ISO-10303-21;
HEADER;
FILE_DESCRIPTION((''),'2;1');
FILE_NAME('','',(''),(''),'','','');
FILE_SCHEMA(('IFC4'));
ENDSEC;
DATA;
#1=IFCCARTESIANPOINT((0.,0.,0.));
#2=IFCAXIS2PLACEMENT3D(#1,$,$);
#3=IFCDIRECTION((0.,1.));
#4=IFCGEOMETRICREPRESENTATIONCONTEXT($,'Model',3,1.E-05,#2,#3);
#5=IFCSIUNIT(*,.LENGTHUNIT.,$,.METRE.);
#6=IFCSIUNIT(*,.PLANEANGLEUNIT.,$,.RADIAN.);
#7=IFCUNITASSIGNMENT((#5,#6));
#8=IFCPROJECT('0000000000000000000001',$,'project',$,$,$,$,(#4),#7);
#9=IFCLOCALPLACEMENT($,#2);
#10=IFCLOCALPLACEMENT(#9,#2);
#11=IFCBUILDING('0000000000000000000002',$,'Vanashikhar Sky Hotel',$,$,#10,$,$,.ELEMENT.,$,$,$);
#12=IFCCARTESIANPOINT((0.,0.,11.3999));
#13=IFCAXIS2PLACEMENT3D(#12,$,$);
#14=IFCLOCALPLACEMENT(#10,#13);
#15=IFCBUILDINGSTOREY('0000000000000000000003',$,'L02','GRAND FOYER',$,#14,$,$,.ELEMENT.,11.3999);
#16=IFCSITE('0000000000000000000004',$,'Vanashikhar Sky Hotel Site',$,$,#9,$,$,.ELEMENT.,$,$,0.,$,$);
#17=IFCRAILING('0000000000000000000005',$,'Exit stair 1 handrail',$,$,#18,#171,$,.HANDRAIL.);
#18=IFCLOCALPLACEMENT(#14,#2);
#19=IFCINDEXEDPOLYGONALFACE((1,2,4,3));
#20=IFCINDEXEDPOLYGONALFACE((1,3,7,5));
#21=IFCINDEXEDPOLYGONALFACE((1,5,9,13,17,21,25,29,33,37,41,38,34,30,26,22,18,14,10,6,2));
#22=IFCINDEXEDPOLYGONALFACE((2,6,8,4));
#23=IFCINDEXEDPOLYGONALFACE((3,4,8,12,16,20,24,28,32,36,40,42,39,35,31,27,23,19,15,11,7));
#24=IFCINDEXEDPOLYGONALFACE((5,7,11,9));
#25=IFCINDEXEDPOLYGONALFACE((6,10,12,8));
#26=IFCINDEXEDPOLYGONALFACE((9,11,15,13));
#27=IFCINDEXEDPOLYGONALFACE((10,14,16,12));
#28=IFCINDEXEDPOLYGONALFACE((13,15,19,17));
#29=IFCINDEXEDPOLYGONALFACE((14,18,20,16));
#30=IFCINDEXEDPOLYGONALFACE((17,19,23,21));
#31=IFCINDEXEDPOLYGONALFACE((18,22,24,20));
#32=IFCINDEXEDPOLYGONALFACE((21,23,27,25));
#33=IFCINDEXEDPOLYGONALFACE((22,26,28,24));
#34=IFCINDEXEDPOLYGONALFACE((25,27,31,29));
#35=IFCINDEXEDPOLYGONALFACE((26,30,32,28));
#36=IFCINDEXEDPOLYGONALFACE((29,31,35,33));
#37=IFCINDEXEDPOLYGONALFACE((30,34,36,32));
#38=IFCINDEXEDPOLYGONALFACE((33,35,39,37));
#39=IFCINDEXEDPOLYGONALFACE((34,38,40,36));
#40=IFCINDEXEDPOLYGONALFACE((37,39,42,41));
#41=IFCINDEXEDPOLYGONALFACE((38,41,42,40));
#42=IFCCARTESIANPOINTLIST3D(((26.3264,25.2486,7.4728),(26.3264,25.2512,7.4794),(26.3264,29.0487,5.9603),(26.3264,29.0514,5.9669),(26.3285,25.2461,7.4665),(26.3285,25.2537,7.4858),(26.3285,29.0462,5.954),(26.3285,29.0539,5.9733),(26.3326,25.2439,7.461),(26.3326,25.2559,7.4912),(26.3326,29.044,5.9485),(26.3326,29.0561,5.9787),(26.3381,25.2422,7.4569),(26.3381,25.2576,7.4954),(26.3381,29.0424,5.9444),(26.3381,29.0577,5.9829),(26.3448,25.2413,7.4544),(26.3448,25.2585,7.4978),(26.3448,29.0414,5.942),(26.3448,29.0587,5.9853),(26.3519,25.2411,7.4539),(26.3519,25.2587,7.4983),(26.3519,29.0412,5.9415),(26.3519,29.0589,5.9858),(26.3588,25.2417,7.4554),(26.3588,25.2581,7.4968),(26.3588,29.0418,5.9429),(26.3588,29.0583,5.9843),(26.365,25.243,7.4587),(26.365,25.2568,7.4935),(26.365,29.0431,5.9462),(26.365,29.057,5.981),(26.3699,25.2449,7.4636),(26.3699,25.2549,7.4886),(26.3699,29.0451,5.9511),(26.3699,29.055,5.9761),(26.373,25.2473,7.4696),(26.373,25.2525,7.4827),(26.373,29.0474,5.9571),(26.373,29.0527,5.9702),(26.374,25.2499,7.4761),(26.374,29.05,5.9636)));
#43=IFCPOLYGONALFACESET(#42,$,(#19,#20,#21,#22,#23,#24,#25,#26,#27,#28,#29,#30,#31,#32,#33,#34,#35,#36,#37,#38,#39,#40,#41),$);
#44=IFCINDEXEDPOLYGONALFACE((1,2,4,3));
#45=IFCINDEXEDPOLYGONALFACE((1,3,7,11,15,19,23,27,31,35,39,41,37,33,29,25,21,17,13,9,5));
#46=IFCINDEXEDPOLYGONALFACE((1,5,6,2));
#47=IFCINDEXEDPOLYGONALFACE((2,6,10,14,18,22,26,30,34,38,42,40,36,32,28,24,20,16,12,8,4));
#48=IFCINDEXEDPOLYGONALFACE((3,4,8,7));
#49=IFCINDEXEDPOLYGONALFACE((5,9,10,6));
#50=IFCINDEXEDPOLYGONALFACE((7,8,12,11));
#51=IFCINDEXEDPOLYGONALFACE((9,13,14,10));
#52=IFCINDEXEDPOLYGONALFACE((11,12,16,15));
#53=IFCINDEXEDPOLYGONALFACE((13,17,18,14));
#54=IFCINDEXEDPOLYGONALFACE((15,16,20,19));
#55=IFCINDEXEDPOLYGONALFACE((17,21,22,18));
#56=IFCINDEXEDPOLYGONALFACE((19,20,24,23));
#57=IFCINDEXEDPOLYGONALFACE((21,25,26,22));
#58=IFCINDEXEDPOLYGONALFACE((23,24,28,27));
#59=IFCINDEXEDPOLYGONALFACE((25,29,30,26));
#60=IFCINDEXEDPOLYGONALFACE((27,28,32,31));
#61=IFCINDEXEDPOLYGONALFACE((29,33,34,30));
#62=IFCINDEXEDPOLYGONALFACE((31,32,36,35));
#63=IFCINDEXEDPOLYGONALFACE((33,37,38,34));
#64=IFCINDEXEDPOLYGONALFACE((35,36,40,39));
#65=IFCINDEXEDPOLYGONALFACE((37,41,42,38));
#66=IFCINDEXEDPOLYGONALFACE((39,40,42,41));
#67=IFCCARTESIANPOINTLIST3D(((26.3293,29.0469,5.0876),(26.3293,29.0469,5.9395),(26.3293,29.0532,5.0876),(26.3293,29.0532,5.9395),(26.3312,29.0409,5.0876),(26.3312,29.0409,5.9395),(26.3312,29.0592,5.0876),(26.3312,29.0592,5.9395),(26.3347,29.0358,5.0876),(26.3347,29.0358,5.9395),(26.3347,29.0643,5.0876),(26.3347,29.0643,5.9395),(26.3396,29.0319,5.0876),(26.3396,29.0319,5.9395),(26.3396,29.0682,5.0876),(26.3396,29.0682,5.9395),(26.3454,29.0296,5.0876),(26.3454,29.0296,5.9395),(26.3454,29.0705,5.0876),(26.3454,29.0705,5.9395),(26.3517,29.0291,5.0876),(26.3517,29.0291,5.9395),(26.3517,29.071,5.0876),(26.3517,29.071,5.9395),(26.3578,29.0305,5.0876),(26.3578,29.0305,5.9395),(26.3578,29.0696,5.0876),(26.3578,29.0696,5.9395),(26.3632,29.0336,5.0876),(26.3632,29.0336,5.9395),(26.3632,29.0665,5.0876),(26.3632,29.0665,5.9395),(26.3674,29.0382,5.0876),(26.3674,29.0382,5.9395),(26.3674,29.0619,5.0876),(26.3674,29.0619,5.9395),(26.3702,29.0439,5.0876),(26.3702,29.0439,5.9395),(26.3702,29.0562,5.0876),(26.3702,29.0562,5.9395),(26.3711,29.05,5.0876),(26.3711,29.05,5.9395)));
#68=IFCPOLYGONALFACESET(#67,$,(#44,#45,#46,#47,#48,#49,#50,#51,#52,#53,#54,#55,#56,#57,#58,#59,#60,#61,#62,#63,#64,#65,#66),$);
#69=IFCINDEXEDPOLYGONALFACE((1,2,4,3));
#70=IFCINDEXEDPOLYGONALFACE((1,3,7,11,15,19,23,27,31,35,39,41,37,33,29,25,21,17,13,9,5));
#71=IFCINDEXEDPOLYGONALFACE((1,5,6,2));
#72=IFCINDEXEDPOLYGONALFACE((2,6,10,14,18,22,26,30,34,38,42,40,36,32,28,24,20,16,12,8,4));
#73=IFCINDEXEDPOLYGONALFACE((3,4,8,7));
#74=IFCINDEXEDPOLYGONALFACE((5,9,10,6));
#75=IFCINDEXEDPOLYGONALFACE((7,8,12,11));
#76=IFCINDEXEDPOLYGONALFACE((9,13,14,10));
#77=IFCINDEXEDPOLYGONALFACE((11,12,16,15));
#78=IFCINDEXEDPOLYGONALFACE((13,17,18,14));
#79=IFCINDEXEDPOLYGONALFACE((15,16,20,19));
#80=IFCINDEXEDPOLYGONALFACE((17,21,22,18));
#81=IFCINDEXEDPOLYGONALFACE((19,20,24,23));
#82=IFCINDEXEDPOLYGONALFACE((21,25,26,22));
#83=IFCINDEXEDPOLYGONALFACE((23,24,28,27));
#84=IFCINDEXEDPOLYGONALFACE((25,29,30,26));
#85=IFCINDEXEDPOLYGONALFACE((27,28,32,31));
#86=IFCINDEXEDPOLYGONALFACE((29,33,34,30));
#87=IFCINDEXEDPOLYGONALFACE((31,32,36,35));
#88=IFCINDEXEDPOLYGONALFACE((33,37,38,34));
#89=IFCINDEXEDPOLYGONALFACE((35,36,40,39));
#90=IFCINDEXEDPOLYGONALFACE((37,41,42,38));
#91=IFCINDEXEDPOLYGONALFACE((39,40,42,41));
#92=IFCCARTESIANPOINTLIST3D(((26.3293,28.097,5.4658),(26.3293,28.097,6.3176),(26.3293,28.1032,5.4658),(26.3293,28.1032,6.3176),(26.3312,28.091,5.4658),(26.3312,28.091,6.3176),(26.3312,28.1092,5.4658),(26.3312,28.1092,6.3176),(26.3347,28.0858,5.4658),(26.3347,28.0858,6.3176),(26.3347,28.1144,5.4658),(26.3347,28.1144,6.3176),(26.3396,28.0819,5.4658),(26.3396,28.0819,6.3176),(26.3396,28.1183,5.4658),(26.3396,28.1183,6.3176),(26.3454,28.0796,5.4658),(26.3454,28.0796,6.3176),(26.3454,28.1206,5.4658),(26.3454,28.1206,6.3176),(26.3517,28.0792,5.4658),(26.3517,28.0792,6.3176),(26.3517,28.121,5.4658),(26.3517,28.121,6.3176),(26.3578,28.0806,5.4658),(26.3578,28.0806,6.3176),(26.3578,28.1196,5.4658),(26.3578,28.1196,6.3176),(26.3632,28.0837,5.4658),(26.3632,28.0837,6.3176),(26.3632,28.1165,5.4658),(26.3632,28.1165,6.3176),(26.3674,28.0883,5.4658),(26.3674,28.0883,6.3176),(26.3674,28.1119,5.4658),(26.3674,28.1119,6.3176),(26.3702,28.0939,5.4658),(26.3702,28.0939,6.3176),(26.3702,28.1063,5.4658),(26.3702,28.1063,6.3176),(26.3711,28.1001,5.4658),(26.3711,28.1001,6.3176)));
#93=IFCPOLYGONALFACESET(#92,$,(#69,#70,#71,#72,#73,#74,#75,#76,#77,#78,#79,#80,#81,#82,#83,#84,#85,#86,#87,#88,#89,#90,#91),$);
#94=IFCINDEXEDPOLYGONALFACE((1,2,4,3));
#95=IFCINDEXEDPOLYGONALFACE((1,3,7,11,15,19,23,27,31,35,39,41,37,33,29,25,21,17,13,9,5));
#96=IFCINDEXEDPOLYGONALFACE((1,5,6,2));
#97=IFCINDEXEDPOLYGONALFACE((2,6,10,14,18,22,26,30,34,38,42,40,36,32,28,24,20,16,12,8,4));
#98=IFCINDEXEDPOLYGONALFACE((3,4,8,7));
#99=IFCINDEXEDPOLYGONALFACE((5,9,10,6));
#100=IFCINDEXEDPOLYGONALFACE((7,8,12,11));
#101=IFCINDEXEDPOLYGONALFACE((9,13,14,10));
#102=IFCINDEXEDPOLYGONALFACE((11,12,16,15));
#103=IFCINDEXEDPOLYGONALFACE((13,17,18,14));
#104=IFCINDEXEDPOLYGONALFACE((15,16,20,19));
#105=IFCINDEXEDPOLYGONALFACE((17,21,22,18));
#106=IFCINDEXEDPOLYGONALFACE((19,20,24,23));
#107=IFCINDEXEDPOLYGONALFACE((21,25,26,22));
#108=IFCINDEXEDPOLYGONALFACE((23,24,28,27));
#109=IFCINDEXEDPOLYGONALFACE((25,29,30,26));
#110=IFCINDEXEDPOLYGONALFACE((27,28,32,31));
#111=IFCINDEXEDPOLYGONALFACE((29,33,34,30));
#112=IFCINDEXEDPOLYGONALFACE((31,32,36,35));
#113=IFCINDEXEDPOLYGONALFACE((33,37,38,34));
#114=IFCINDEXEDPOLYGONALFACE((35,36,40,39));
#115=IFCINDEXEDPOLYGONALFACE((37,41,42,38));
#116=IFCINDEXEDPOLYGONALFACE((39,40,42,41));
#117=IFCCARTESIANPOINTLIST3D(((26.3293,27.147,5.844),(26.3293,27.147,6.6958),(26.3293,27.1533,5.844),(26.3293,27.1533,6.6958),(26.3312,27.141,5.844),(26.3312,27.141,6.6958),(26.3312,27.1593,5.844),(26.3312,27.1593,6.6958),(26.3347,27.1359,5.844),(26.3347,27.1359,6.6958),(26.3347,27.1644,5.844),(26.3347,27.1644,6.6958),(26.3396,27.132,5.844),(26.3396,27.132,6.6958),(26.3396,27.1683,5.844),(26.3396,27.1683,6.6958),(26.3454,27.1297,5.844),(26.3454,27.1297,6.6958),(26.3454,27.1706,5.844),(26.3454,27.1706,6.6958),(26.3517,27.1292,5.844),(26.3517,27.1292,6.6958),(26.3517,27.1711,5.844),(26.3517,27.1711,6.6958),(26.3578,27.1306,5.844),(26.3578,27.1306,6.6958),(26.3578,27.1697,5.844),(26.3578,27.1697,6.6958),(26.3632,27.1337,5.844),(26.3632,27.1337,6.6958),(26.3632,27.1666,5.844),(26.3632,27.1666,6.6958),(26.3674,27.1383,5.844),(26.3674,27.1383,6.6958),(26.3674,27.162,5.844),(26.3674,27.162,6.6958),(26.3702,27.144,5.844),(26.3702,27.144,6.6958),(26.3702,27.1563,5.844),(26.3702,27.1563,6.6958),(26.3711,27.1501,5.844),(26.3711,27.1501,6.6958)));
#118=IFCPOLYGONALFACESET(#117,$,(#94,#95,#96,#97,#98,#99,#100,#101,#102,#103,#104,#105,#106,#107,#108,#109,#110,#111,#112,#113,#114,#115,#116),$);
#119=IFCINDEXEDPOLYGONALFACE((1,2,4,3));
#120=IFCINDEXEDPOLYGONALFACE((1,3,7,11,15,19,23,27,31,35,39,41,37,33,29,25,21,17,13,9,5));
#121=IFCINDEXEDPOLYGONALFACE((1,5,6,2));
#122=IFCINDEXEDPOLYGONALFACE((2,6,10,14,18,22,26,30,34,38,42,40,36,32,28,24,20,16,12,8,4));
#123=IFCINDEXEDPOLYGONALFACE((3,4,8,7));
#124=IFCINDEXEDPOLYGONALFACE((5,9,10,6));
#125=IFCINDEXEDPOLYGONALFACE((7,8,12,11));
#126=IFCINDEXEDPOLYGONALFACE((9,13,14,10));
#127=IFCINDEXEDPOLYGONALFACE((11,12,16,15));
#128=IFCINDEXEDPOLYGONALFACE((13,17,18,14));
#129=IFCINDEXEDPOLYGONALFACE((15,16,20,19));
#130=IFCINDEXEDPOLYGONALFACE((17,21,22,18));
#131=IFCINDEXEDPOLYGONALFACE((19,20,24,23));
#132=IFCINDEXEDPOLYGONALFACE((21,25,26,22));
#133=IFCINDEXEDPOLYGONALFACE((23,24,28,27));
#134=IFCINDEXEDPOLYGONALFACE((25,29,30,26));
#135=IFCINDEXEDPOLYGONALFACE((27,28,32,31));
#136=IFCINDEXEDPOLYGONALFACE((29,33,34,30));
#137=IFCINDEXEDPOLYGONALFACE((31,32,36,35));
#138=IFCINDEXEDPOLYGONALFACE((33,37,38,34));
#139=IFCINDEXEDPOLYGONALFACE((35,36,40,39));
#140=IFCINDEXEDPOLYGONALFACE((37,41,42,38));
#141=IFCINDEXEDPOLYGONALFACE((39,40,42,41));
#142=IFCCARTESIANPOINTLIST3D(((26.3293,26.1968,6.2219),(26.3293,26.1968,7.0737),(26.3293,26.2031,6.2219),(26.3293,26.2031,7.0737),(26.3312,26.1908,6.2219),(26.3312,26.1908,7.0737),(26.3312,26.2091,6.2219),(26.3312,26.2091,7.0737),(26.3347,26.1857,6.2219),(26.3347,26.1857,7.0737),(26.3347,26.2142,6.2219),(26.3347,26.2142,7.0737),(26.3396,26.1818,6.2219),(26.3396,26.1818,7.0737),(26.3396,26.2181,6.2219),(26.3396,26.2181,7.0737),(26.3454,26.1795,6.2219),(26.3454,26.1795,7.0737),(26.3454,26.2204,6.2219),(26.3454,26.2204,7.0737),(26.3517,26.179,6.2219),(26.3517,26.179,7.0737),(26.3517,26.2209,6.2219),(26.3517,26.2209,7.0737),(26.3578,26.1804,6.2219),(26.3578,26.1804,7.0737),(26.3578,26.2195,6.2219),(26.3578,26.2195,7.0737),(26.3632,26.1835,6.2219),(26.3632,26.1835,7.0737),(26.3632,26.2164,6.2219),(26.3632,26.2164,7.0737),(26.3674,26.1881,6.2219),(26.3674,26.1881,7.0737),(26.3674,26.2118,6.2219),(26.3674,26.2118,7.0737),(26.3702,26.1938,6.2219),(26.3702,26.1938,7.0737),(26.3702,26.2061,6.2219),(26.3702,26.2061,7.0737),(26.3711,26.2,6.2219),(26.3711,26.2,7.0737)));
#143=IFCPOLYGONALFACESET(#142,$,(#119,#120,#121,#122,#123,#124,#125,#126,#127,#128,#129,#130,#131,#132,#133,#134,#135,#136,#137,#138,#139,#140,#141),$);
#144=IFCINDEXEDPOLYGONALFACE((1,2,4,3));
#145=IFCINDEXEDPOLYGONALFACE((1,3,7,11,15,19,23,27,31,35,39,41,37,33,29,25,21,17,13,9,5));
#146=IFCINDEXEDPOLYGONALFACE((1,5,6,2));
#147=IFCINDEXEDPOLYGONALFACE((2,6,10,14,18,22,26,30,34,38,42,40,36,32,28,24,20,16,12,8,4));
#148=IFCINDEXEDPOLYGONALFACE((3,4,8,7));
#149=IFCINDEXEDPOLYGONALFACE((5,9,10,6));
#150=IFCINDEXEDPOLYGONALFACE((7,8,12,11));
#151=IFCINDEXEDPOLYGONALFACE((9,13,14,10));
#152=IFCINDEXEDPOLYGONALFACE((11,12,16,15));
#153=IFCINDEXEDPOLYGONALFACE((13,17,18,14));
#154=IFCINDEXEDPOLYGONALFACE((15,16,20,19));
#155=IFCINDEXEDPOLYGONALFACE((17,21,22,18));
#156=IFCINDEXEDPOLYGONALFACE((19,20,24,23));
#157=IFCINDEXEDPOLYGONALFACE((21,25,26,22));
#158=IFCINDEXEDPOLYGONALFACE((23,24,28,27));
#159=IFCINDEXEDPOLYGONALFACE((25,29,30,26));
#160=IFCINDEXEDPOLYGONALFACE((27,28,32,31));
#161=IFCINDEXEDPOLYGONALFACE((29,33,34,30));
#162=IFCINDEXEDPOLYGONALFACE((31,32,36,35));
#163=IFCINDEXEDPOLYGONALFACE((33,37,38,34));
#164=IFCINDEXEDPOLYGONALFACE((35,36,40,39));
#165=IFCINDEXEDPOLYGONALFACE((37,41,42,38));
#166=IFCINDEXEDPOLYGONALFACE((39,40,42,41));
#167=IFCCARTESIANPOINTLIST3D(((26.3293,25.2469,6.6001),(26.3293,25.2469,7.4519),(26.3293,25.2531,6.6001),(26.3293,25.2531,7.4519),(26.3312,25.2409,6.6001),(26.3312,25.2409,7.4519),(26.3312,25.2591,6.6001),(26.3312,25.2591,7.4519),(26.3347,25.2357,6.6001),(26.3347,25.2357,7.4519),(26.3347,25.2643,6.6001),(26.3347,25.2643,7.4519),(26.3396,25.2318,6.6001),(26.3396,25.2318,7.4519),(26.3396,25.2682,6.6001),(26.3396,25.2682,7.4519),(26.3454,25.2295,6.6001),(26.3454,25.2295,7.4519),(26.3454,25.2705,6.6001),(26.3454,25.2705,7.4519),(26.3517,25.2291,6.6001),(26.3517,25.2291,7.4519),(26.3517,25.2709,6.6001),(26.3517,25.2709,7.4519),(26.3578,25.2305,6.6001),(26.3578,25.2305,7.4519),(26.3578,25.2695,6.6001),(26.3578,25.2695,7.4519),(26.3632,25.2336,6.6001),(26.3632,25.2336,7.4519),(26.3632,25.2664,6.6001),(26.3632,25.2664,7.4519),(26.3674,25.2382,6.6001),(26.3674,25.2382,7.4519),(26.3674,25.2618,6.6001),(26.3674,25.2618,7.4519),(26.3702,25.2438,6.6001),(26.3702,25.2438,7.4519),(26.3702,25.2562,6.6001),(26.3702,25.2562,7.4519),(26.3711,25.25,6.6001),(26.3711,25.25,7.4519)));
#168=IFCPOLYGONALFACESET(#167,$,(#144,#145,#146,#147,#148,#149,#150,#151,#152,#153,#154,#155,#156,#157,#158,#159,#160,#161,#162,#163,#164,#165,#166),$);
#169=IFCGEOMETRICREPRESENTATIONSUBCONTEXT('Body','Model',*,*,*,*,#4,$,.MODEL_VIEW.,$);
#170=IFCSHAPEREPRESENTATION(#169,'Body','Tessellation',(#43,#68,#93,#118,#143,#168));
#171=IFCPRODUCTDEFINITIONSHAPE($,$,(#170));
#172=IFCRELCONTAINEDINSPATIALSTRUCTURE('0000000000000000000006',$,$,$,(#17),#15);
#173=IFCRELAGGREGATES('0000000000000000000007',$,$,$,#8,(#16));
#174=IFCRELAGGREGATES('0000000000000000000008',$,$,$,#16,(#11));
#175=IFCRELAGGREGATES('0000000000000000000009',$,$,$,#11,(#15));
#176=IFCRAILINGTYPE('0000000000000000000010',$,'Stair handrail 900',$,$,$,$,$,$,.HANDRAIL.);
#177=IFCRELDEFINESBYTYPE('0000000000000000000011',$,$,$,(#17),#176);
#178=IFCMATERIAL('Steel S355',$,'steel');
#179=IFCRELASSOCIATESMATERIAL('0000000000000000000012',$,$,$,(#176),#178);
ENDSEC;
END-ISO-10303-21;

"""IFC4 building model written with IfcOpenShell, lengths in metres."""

from ifc_helpers import new_model, si_unit, direction, frame, origin, origin_2d, place, context, subcontext, project, spatial, circle, extrude, source, transform, mapped, material, type_object, element, save


model = new_model("IFC4")

# Units and contexts
model_context = context("Model", 3, precision=1e-05, world=origin(), true_north=direction((0.0, 1.0)))
body_context = subcontext(model_context, "Body", "Model", "MODEL_VIEW")
ifc_project = project(units=[si_unit("LENGTHUNIT", "METRE"), si_unit("PLANEANGLEUNIT", "RADIAN")], contexts=[model_context])

# Site, building, storey
site_placement = place(None, origin())
site = spatial("IfcSite", under=ifc_project, at=site_placement, Name="Vanashikhar Sky Hotel Site", CompositionType="ELEMENT", RefElevation=0.0)
building_placement = place(site_placement, origin())
building = spatial("IfcBuilding", under=site, at=building_placement, Name="Vanashikhar Sky Hotel", CompositionType="ELEMENT")
storey_placement = place(building_placement, frame((0.0, 0.0, 11.3999)))
storey = spatial("IfcBuildingStorey", under=building, at=storey_placement, Name="L02", Description="GRAND FOYER", CompositionType="ELEMENT", Elevation=11.3999)

# Railing
ifc_material_1 = material(Name="Steel S355", Category="steel")
railing_type = type_object("IfcRailingType", Name="Stair handrail 900", PredefinedType="HANDRAIL", material=ifc_material_1)
shared_shape_1 = source(origin(), body_context, "Body", "SweptSolid", [
    extrude(circle(Radius=0.0239, at=origin_2d()), frame((0.0, 0.0, 0.876), z_axis=(0.0, -0.929113, 0.369795), x_axis=(1.0, 0.0, 0.0)), (0.0, 0.0, 1.0), 4.0901),
    extrude(circle(Radius=0.021, at=origin_2d()), origin(), (0.0, 0.0, 1.0), 0.8518),
    extrude(circle(Radius=0.021, at=origin_2d()), frame((0.0, -0.95, 0.3782)), (0.0, 0.0, 1.0), 0.8518),
    extrude(circle(Radius=0.021, at=origin_2d()), frame((0.0, -1.8999, 0.7563)), (0.0, 0.0, 1.0), 0.8518),
    extrude(circle(Radius=0.021, at=origin_2d()), frame((0.0, -2.8501, 1.1343)), (0.0, 0.0, 1.0), 0.8518),
    extrude(circle(Radius=0.021, at=origin_2d()), frame((0.0, -3.8, 1.5125)), (0.0, 0.0, 1.0), 0.8518),
])
for number, where, name in (
    (1, (26.3501, 29.05, 5.0876), "Exit stair 1 handrail"),
):
    element("IfcRailing", number, at=place(storey_placement, frame(where)), inside=storey, type_object=railing_type, Name=name, PredefinedType="HANDRAIL", context=body_context, shape_type="MappedRepresentation", body=[
        mapped(shared_shape_1, transform((0.0, 0.0, 0.0), scale=1.0)),
    ])

save(model, "model.ifc")
